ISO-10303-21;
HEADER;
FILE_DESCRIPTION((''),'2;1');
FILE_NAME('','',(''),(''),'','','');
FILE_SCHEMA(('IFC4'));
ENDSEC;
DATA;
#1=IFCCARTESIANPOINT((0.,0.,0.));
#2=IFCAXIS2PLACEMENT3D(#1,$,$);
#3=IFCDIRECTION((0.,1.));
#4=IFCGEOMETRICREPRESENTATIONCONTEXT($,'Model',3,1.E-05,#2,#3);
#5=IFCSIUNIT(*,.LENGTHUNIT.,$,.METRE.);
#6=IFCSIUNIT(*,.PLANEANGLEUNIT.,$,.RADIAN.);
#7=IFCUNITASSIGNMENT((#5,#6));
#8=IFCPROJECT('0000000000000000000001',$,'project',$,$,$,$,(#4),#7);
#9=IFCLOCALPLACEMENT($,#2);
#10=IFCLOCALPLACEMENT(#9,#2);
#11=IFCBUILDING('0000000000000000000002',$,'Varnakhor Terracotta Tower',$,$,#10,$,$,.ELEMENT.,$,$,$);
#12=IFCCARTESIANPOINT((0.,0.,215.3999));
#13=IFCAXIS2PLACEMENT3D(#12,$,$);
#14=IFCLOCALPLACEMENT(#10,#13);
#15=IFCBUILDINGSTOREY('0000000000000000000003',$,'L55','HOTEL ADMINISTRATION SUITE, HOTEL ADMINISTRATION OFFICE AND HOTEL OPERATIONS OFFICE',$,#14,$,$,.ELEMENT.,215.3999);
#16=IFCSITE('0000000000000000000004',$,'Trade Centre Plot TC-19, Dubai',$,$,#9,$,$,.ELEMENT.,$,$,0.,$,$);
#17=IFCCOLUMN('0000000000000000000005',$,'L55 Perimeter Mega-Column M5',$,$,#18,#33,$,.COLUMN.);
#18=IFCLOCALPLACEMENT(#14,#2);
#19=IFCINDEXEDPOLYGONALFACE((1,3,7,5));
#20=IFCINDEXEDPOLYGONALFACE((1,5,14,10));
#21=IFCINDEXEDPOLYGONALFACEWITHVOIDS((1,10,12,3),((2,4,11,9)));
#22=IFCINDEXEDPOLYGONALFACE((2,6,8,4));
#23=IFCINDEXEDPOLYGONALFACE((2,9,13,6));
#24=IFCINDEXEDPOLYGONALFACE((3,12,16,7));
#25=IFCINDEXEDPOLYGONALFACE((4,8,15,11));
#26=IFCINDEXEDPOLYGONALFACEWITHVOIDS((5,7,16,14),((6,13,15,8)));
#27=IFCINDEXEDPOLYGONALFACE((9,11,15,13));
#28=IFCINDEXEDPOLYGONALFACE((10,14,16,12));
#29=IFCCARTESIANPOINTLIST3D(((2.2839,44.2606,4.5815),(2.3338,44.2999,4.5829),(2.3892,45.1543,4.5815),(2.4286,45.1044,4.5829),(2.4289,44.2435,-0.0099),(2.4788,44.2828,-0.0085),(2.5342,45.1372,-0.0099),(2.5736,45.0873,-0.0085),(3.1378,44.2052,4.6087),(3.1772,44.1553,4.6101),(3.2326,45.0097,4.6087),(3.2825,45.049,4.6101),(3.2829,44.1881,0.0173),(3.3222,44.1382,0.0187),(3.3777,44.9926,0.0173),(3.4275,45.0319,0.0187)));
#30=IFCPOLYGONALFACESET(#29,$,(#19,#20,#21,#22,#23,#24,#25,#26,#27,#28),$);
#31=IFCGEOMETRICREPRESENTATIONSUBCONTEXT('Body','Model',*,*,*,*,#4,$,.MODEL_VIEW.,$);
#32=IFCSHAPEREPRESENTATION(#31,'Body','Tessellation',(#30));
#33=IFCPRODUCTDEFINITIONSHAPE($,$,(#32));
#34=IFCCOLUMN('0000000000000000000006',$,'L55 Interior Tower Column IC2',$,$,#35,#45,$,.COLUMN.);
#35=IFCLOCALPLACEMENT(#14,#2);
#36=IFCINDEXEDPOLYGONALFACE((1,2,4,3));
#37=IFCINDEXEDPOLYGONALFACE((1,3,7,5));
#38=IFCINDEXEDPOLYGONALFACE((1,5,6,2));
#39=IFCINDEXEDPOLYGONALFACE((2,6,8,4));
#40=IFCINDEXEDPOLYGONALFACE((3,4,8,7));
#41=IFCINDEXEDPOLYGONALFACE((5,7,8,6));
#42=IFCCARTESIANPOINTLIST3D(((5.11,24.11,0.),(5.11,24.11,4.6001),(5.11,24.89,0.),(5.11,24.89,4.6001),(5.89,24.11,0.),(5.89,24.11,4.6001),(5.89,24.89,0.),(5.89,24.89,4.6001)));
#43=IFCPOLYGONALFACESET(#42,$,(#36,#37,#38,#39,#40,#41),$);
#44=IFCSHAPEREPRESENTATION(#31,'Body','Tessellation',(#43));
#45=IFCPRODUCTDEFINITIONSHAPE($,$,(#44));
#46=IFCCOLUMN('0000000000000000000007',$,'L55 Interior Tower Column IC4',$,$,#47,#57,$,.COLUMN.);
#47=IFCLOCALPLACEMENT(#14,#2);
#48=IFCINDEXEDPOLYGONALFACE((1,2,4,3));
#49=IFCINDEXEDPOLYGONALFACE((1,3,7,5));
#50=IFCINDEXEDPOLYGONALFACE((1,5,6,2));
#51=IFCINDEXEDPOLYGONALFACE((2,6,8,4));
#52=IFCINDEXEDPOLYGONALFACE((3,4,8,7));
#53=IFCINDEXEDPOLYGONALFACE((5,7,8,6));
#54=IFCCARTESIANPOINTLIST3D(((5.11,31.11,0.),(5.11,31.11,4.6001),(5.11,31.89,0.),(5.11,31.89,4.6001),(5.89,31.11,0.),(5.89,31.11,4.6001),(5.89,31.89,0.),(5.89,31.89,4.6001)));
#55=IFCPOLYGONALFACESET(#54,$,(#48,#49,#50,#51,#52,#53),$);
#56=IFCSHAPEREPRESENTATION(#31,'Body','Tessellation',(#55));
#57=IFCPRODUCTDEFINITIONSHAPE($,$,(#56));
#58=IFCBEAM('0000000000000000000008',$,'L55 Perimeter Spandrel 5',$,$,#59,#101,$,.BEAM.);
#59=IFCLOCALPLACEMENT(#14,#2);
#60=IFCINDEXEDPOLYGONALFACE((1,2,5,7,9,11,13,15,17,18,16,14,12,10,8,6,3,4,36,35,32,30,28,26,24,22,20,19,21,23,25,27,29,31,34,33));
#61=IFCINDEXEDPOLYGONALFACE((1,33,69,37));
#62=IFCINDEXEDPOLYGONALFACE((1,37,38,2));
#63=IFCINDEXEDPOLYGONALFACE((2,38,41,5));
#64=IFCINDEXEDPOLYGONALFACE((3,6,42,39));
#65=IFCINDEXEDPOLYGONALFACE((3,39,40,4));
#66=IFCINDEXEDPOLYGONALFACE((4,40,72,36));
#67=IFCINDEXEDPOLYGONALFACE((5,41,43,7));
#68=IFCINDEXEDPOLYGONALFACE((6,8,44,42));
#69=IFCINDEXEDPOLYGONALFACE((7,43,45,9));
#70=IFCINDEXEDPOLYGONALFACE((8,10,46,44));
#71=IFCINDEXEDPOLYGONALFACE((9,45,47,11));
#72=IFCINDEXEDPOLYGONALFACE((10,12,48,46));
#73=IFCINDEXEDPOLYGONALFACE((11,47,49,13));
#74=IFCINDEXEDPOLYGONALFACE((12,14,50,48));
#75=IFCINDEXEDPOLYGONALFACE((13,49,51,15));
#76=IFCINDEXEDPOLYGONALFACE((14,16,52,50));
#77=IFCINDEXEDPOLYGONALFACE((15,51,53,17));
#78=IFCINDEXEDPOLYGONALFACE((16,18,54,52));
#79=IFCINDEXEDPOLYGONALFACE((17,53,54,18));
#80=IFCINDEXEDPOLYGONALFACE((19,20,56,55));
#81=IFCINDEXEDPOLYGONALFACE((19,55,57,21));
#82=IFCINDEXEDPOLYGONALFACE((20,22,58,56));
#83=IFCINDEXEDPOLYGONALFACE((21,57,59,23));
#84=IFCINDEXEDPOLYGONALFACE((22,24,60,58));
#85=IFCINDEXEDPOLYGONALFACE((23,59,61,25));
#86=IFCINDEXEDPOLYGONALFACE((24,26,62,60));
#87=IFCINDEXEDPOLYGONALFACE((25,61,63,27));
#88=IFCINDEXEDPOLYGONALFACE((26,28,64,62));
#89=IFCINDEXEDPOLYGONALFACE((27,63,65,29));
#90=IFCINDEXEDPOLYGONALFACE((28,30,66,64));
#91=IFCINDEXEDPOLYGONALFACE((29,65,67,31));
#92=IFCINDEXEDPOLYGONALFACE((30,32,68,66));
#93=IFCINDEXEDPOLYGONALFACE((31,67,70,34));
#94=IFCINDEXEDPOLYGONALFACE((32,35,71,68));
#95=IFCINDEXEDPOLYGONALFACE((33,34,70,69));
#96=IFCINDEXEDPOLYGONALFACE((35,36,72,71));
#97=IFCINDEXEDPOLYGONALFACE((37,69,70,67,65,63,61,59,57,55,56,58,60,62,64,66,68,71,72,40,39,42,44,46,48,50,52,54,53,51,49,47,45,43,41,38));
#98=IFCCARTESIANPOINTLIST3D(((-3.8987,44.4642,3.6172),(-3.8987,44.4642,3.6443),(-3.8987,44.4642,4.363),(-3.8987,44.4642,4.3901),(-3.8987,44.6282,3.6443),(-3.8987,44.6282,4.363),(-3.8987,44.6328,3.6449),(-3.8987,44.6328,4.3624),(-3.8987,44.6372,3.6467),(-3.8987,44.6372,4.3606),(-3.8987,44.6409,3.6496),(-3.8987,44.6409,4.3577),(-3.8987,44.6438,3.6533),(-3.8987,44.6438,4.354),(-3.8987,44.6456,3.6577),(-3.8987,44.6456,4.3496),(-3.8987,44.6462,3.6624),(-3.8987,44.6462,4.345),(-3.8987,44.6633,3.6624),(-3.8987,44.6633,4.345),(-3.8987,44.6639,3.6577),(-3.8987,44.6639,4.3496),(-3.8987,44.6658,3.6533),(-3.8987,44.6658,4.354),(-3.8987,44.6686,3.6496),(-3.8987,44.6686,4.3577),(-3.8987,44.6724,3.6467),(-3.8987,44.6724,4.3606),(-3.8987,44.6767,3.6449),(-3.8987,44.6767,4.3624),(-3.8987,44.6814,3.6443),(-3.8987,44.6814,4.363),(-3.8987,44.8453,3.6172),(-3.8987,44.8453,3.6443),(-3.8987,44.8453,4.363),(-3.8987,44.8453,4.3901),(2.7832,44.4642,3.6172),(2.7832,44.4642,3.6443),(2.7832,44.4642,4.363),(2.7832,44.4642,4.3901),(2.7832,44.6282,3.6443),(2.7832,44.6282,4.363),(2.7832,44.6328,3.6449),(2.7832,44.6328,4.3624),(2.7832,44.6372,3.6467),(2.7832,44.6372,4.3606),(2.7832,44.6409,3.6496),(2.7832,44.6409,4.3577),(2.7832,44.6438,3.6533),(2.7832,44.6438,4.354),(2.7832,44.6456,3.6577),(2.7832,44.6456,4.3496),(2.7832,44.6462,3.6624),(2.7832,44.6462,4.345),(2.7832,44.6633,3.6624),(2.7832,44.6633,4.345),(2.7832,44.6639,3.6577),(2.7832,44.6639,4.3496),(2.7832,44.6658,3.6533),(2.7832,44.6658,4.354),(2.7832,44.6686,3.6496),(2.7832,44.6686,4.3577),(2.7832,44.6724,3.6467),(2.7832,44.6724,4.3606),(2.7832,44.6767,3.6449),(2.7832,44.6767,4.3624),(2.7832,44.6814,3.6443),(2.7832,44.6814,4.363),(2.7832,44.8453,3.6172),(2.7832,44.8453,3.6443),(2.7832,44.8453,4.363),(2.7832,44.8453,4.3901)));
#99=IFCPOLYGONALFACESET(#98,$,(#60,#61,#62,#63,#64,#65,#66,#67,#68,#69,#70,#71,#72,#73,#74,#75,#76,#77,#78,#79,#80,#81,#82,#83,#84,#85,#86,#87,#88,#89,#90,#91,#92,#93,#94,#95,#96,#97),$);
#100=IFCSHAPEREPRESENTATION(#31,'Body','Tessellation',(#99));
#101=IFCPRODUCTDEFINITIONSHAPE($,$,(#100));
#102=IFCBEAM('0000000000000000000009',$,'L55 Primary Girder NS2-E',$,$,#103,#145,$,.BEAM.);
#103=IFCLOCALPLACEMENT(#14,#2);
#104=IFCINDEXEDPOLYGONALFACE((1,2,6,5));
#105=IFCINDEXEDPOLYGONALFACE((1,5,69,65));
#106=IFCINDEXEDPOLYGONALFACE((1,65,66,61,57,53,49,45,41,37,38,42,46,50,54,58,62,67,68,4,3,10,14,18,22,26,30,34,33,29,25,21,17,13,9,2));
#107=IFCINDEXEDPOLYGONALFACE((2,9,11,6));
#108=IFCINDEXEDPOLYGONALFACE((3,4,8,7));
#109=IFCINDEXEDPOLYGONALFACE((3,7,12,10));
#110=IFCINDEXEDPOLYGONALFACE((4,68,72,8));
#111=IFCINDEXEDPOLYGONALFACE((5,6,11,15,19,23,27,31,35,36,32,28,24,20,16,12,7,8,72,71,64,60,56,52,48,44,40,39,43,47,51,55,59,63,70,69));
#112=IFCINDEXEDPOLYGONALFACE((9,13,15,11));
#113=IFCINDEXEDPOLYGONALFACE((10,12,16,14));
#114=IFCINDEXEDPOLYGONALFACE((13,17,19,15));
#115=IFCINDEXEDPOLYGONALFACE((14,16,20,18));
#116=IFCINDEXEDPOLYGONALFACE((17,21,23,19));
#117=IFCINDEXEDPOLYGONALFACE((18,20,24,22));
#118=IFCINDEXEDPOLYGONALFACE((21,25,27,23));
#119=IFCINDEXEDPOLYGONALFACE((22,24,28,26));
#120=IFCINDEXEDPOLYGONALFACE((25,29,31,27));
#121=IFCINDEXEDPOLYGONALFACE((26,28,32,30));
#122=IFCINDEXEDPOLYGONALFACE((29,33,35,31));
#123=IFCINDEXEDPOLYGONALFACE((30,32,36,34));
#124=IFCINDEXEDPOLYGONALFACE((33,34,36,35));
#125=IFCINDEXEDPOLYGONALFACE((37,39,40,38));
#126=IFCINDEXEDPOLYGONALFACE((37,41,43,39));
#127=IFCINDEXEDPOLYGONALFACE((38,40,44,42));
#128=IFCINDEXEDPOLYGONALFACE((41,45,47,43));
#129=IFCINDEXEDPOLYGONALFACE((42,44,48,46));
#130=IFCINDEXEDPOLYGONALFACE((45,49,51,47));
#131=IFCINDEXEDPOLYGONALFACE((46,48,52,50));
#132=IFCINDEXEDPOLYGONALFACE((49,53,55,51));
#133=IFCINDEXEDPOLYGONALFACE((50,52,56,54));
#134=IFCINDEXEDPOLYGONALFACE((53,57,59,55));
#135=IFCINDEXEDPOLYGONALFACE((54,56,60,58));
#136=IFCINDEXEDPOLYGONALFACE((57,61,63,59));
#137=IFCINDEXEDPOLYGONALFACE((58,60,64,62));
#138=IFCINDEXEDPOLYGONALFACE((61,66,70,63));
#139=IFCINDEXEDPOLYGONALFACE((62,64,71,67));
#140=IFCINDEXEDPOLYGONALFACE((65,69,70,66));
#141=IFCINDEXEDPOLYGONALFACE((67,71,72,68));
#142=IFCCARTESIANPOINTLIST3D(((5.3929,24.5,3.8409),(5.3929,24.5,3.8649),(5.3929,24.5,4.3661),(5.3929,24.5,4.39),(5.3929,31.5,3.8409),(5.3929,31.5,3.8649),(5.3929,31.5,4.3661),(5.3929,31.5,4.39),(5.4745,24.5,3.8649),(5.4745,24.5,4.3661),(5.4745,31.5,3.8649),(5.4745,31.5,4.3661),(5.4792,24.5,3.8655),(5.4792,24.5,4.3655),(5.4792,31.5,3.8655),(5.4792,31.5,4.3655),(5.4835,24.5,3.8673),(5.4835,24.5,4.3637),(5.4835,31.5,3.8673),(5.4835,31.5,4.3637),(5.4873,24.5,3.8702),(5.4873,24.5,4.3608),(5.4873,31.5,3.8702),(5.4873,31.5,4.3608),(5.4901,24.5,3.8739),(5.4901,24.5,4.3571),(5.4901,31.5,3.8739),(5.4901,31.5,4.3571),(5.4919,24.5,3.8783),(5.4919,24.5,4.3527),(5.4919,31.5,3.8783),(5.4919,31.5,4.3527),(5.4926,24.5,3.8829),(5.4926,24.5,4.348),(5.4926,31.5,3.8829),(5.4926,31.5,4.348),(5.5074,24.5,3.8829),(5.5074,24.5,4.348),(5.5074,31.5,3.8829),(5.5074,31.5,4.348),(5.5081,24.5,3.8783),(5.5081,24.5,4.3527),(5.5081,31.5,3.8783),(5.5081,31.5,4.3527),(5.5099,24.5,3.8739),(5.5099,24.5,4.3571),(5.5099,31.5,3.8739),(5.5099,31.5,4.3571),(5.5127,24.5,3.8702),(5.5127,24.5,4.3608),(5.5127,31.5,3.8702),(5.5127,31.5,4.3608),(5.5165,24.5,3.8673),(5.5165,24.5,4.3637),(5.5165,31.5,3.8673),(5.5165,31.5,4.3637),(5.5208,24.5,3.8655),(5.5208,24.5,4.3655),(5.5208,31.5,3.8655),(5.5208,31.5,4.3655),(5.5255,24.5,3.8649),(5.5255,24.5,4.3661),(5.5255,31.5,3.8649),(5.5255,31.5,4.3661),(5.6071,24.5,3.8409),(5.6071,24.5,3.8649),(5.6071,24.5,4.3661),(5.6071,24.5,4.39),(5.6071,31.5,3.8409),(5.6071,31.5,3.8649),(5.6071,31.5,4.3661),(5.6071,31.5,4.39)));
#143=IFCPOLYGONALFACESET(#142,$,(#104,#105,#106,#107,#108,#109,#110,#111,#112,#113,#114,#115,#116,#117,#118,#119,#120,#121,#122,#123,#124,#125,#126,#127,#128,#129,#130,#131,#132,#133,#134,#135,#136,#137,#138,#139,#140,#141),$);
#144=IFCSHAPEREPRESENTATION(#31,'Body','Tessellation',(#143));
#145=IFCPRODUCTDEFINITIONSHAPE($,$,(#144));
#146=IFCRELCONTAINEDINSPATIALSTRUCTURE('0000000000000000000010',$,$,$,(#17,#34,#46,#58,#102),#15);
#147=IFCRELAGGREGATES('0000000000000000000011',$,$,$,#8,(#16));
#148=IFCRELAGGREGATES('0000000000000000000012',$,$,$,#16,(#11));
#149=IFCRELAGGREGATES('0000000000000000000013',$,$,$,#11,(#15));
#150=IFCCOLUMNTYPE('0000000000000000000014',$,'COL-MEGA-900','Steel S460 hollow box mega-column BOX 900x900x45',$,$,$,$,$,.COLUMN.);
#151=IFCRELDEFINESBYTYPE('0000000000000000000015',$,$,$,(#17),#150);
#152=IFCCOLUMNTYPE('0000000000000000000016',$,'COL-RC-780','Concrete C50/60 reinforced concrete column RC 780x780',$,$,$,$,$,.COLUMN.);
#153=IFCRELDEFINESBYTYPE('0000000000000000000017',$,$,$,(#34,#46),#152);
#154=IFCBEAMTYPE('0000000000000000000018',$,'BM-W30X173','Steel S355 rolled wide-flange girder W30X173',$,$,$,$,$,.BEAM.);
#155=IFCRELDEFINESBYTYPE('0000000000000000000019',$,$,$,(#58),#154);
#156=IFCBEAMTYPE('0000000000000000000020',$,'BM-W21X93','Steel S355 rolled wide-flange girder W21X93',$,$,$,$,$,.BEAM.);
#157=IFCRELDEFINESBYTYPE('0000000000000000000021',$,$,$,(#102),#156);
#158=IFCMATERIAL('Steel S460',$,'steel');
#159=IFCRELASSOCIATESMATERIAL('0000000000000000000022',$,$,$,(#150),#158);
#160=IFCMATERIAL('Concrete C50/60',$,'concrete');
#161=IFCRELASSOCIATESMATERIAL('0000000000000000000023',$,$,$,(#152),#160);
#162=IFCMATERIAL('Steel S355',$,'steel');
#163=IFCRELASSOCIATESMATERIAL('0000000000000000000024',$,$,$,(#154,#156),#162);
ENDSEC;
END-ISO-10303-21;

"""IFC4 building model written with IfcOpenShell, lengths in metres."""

from ifc_helpers import new_model, si_unit, direction, frame, origin, origin_2d, place, context, subcontext, project, spatial, rectangle, hollow_rectangle, i_section, extrude, source, transform, mapped, material, material_profile, profile_set, type_object, type_shapes, element, save


model = new_model("IFC4")

# Units and contexts
model_context = context("Model", 3, precision=1e-05, world=origin(), true_north=direction((0.0, 1.0)))
body_context = subcontext(model_context, "Body", "Model", "MODEL_VIEW")
ifc_project = project(units=[si_unit("LENGTHUNIT", "METRE"), si_unit("PLANEANGLEUNIT", "RADIAN")], contexts=[model_context])

# Site, building, storey
site_placement = place(None, origin())
site = spatial("IfcSite", under=ifc_project, at=site_placement, Name="Trade Centre Plot TC-19, Dubai", CompositionType="ELEMENT", RefElevation=0.0)
building_placement = place(site_placement, origin())
building = spatial("IfcBuilding", under=site, at=building_placement, Name="Varnakhor Terracotta Tower", CompositionType="ELEMENT")
storey_placement = place(building_placement, frame((0.0, 0.0, 215.3999)))
storey = spatial("IfcBuildingStorey", under=building, at=storey_placement, Name="L55", Description="HOTEL ADMINISTRATION SUITE, HOTEL ADMINISTRATION OFFICE AND HOTEL OPERATIONS OFFICE", CompositionType="ELEMENT", Elevation=215.3999)

# Columns
ifc_material_1 = material(Name="Steel S460", Category="steel")
ifc_material_profile_1 = material_profile(ifc_material_1, hollow_rectangle(XDim=0.8999, YDim=0.8999, WallThickness=0.0449, at=origin_2d()), Name="BOX 900x900x45")
ifc_profile_set_1 = profile_set([ifc_material_profile_1], Name="Steel S460")
column_type_1 = type_object("IfcColumnType", Name="COL-MEGA-900", Description="Steel S460 hollow box mega-column BOX 900x900x45", PredefinedType="COLUMN", material=ifc_profile_set_1)
shared_shape_1 = source(origin(), body_context, "Body", "SweptSolid", [
    extrude(hollow_rectangle(XDim=0.8999, YDim=0.8999, WallThickness=0.0449, at=origin_2d()), origin(), (0.0, 0.0, 1.0), 4.5938),
])
column_placement = place(storey_placement, frame((2.9282, 44.6377, 0.0044), z_axis=(-0.03157, 0.00372, 0.999495), x_axis=(-0.117035, -0.993128, 0.0)))
element("IfcColumn", 1, at=column_placement, inside=storey, type_object=column_type_1, Name="L55 Perimeter Mega-Column M5", PredefinedType="COLUMN", context=body_context, shape_type="MappedRepresentation", body=[
    mapped(shared_shape_1, transform((0.0, 0.0, 0.0), scale=1.0)),
])
ifc_material_2 = material(Name="Concrete C50/60", Category="concrete")
ifc_material_profile_2 = material_profile(ifc_material_2, rectangle(XDim=0.78, YDim=0.78, at=origin_2d()), Name="RC 780x780")
ifc_profile_set_2 = profile_set([ifc_material_profile_2], Name="Concrete C50/60")
column_type_2 = type_object("IfcColumnType", Name="COL-RC-780", Description="Concrete C50/60 reinforced concrete column RC 780x780", PredefinedType="COLUMN", material=ifc_profile_set_2)
shared_shape_2 = source(origin(), body_context, "Body", "SweptSolid", [
    extrude(rectangle(XDim=0.78, YDim=0.78, at=origin_2d()), origin(), (0.0, 0.0, 1.0), 4.6001),
])
type_shapes(column_type_2, [shared_shape_2])
for number, where, z_axis, x_axis, name in (
    (2, (5.5, 24.5, 0.0), (0.0, 0.0, 1.0), (1.0, 0.0, 0.0), "L55 Interior Tower Column IC2"),
    (3, (5.5, 31.5, 0.0), (0.0, 0.0, 1.0), (1.0, 0.0, 0.0), "L55 Interior Tower Column IC4"),
):
    element("IfcColumn", number, at=place(storey_placement, frame(where, z_axis=z_axis, x_axis=x_axis)), inside=storey, type_object=column_type_2, Name=name, PredefinedType="COLUMN", context=body_context, shape_type="MappedRepresentation", body=[
        mapped(shared_shape_2, transform((0.0, 0.0, 0.0), scale=1.0)),
    ])

# Beams
ifc_material_3 = material(Name="Steel S355", Category="steel")
ifc_material_profile_3 = material_profile(ifc_material_3, i_section(OverallWidth=0.3811, OverallDepth=0.7729, WebThickness=0.0171, FlangeThickness=0.0271, FilletRadius=0.0181, at=origin_2d()), Name="W30X173")
ifc_profile_set_3 = profile_set([ifc_material_profile_3], Name="Steel S355")
beam_type_1 = type_object("IfcBeamType", Name="BM-W30X173", Description="Steel S355 rolled wide-flange girder W30X173", PredefinedType="BEAM", material=ifc_profile_set_3)
shared_shape_3 = source(origin(), body_context, "Body", "SweptSolid", [
    extrude(i_section(OverallWidth=0.3811, OverallDepth=0.7729, WebThickness=0.0171, FlangeThickness=0.0271, FilletRadius=0.0181, at=origin_2d()), origin(), (0.0, 0.0, 1.0), 6.6819),
])
beam_1_placement = place(storey_placement, frame((2.7832, 44.6548, 4.0037), z_axis=(-1.0, 0.0, 0.0), x_axis=(0.0, -1.0, 0.0)))
element("IfcBeam", 4, at=beam_1_placement, inside=storey, type_object=beam_type_1, Name="L55 Perimeter Spandrel 5", PredefinedType="BEAM", context=body_context, shape_type="MappedRepresentation", body=[
    mapped(shared_shape_3, transform((0.0, 0.0, 0.0), scale=1.0)),
])
ifc_material_profile_4 = material_profile(ifc_material_3, i_section(OverallWidth=0.2141, OverallDepth=0.5491, WebThickness=0.0149, FlangeThickness=0.0239, FilletRadius=0.0181, at=origin_2d()), Name="W21X93")
ifc_profile_set_4 = profile_set([ifc_material_profile_4], Name="Steel S355")
beam_type_2 = type_object("IfcBeamType", Name="BM-W21X93", Description="Steel S355 rolled wide-flange girder W21X93", PredefinedType="BEAM", material=ifc_profile_set_4)
shared_shape_4 = source(origin(), body_context, "Body", "SweptSolid", [
    extrude(i_section(OverallWidth=0.2141, OverallDepth=0.5491, WebThickness=0.0149, FlangeThickness=0.0239, FilletRadius=0.0181, at=origin_2d()), origin(), (0.0, 0.0, 1.0), 7.0),
])
beam_2_placement = place(storey_placement, frame((5.5, 24.5, 4.1155), z_axis=(0.0, 1.0, 0.0), x_axis=(-1.0, 0.0, 0.0)))
element("IfcBeam", 5, at=beam_2_placement, inside=storey, type_object=beam_type_2, Name="L55 Primary Girder NS2-E", PredefinedType="BEAM", context=body_context, shape_type="MappedRepresentation", body=[
    mapped(shared_shape_4, transform((0.0, 0.0, 0.0), scale=1.0)),
])

save(model, "model.ifc")
